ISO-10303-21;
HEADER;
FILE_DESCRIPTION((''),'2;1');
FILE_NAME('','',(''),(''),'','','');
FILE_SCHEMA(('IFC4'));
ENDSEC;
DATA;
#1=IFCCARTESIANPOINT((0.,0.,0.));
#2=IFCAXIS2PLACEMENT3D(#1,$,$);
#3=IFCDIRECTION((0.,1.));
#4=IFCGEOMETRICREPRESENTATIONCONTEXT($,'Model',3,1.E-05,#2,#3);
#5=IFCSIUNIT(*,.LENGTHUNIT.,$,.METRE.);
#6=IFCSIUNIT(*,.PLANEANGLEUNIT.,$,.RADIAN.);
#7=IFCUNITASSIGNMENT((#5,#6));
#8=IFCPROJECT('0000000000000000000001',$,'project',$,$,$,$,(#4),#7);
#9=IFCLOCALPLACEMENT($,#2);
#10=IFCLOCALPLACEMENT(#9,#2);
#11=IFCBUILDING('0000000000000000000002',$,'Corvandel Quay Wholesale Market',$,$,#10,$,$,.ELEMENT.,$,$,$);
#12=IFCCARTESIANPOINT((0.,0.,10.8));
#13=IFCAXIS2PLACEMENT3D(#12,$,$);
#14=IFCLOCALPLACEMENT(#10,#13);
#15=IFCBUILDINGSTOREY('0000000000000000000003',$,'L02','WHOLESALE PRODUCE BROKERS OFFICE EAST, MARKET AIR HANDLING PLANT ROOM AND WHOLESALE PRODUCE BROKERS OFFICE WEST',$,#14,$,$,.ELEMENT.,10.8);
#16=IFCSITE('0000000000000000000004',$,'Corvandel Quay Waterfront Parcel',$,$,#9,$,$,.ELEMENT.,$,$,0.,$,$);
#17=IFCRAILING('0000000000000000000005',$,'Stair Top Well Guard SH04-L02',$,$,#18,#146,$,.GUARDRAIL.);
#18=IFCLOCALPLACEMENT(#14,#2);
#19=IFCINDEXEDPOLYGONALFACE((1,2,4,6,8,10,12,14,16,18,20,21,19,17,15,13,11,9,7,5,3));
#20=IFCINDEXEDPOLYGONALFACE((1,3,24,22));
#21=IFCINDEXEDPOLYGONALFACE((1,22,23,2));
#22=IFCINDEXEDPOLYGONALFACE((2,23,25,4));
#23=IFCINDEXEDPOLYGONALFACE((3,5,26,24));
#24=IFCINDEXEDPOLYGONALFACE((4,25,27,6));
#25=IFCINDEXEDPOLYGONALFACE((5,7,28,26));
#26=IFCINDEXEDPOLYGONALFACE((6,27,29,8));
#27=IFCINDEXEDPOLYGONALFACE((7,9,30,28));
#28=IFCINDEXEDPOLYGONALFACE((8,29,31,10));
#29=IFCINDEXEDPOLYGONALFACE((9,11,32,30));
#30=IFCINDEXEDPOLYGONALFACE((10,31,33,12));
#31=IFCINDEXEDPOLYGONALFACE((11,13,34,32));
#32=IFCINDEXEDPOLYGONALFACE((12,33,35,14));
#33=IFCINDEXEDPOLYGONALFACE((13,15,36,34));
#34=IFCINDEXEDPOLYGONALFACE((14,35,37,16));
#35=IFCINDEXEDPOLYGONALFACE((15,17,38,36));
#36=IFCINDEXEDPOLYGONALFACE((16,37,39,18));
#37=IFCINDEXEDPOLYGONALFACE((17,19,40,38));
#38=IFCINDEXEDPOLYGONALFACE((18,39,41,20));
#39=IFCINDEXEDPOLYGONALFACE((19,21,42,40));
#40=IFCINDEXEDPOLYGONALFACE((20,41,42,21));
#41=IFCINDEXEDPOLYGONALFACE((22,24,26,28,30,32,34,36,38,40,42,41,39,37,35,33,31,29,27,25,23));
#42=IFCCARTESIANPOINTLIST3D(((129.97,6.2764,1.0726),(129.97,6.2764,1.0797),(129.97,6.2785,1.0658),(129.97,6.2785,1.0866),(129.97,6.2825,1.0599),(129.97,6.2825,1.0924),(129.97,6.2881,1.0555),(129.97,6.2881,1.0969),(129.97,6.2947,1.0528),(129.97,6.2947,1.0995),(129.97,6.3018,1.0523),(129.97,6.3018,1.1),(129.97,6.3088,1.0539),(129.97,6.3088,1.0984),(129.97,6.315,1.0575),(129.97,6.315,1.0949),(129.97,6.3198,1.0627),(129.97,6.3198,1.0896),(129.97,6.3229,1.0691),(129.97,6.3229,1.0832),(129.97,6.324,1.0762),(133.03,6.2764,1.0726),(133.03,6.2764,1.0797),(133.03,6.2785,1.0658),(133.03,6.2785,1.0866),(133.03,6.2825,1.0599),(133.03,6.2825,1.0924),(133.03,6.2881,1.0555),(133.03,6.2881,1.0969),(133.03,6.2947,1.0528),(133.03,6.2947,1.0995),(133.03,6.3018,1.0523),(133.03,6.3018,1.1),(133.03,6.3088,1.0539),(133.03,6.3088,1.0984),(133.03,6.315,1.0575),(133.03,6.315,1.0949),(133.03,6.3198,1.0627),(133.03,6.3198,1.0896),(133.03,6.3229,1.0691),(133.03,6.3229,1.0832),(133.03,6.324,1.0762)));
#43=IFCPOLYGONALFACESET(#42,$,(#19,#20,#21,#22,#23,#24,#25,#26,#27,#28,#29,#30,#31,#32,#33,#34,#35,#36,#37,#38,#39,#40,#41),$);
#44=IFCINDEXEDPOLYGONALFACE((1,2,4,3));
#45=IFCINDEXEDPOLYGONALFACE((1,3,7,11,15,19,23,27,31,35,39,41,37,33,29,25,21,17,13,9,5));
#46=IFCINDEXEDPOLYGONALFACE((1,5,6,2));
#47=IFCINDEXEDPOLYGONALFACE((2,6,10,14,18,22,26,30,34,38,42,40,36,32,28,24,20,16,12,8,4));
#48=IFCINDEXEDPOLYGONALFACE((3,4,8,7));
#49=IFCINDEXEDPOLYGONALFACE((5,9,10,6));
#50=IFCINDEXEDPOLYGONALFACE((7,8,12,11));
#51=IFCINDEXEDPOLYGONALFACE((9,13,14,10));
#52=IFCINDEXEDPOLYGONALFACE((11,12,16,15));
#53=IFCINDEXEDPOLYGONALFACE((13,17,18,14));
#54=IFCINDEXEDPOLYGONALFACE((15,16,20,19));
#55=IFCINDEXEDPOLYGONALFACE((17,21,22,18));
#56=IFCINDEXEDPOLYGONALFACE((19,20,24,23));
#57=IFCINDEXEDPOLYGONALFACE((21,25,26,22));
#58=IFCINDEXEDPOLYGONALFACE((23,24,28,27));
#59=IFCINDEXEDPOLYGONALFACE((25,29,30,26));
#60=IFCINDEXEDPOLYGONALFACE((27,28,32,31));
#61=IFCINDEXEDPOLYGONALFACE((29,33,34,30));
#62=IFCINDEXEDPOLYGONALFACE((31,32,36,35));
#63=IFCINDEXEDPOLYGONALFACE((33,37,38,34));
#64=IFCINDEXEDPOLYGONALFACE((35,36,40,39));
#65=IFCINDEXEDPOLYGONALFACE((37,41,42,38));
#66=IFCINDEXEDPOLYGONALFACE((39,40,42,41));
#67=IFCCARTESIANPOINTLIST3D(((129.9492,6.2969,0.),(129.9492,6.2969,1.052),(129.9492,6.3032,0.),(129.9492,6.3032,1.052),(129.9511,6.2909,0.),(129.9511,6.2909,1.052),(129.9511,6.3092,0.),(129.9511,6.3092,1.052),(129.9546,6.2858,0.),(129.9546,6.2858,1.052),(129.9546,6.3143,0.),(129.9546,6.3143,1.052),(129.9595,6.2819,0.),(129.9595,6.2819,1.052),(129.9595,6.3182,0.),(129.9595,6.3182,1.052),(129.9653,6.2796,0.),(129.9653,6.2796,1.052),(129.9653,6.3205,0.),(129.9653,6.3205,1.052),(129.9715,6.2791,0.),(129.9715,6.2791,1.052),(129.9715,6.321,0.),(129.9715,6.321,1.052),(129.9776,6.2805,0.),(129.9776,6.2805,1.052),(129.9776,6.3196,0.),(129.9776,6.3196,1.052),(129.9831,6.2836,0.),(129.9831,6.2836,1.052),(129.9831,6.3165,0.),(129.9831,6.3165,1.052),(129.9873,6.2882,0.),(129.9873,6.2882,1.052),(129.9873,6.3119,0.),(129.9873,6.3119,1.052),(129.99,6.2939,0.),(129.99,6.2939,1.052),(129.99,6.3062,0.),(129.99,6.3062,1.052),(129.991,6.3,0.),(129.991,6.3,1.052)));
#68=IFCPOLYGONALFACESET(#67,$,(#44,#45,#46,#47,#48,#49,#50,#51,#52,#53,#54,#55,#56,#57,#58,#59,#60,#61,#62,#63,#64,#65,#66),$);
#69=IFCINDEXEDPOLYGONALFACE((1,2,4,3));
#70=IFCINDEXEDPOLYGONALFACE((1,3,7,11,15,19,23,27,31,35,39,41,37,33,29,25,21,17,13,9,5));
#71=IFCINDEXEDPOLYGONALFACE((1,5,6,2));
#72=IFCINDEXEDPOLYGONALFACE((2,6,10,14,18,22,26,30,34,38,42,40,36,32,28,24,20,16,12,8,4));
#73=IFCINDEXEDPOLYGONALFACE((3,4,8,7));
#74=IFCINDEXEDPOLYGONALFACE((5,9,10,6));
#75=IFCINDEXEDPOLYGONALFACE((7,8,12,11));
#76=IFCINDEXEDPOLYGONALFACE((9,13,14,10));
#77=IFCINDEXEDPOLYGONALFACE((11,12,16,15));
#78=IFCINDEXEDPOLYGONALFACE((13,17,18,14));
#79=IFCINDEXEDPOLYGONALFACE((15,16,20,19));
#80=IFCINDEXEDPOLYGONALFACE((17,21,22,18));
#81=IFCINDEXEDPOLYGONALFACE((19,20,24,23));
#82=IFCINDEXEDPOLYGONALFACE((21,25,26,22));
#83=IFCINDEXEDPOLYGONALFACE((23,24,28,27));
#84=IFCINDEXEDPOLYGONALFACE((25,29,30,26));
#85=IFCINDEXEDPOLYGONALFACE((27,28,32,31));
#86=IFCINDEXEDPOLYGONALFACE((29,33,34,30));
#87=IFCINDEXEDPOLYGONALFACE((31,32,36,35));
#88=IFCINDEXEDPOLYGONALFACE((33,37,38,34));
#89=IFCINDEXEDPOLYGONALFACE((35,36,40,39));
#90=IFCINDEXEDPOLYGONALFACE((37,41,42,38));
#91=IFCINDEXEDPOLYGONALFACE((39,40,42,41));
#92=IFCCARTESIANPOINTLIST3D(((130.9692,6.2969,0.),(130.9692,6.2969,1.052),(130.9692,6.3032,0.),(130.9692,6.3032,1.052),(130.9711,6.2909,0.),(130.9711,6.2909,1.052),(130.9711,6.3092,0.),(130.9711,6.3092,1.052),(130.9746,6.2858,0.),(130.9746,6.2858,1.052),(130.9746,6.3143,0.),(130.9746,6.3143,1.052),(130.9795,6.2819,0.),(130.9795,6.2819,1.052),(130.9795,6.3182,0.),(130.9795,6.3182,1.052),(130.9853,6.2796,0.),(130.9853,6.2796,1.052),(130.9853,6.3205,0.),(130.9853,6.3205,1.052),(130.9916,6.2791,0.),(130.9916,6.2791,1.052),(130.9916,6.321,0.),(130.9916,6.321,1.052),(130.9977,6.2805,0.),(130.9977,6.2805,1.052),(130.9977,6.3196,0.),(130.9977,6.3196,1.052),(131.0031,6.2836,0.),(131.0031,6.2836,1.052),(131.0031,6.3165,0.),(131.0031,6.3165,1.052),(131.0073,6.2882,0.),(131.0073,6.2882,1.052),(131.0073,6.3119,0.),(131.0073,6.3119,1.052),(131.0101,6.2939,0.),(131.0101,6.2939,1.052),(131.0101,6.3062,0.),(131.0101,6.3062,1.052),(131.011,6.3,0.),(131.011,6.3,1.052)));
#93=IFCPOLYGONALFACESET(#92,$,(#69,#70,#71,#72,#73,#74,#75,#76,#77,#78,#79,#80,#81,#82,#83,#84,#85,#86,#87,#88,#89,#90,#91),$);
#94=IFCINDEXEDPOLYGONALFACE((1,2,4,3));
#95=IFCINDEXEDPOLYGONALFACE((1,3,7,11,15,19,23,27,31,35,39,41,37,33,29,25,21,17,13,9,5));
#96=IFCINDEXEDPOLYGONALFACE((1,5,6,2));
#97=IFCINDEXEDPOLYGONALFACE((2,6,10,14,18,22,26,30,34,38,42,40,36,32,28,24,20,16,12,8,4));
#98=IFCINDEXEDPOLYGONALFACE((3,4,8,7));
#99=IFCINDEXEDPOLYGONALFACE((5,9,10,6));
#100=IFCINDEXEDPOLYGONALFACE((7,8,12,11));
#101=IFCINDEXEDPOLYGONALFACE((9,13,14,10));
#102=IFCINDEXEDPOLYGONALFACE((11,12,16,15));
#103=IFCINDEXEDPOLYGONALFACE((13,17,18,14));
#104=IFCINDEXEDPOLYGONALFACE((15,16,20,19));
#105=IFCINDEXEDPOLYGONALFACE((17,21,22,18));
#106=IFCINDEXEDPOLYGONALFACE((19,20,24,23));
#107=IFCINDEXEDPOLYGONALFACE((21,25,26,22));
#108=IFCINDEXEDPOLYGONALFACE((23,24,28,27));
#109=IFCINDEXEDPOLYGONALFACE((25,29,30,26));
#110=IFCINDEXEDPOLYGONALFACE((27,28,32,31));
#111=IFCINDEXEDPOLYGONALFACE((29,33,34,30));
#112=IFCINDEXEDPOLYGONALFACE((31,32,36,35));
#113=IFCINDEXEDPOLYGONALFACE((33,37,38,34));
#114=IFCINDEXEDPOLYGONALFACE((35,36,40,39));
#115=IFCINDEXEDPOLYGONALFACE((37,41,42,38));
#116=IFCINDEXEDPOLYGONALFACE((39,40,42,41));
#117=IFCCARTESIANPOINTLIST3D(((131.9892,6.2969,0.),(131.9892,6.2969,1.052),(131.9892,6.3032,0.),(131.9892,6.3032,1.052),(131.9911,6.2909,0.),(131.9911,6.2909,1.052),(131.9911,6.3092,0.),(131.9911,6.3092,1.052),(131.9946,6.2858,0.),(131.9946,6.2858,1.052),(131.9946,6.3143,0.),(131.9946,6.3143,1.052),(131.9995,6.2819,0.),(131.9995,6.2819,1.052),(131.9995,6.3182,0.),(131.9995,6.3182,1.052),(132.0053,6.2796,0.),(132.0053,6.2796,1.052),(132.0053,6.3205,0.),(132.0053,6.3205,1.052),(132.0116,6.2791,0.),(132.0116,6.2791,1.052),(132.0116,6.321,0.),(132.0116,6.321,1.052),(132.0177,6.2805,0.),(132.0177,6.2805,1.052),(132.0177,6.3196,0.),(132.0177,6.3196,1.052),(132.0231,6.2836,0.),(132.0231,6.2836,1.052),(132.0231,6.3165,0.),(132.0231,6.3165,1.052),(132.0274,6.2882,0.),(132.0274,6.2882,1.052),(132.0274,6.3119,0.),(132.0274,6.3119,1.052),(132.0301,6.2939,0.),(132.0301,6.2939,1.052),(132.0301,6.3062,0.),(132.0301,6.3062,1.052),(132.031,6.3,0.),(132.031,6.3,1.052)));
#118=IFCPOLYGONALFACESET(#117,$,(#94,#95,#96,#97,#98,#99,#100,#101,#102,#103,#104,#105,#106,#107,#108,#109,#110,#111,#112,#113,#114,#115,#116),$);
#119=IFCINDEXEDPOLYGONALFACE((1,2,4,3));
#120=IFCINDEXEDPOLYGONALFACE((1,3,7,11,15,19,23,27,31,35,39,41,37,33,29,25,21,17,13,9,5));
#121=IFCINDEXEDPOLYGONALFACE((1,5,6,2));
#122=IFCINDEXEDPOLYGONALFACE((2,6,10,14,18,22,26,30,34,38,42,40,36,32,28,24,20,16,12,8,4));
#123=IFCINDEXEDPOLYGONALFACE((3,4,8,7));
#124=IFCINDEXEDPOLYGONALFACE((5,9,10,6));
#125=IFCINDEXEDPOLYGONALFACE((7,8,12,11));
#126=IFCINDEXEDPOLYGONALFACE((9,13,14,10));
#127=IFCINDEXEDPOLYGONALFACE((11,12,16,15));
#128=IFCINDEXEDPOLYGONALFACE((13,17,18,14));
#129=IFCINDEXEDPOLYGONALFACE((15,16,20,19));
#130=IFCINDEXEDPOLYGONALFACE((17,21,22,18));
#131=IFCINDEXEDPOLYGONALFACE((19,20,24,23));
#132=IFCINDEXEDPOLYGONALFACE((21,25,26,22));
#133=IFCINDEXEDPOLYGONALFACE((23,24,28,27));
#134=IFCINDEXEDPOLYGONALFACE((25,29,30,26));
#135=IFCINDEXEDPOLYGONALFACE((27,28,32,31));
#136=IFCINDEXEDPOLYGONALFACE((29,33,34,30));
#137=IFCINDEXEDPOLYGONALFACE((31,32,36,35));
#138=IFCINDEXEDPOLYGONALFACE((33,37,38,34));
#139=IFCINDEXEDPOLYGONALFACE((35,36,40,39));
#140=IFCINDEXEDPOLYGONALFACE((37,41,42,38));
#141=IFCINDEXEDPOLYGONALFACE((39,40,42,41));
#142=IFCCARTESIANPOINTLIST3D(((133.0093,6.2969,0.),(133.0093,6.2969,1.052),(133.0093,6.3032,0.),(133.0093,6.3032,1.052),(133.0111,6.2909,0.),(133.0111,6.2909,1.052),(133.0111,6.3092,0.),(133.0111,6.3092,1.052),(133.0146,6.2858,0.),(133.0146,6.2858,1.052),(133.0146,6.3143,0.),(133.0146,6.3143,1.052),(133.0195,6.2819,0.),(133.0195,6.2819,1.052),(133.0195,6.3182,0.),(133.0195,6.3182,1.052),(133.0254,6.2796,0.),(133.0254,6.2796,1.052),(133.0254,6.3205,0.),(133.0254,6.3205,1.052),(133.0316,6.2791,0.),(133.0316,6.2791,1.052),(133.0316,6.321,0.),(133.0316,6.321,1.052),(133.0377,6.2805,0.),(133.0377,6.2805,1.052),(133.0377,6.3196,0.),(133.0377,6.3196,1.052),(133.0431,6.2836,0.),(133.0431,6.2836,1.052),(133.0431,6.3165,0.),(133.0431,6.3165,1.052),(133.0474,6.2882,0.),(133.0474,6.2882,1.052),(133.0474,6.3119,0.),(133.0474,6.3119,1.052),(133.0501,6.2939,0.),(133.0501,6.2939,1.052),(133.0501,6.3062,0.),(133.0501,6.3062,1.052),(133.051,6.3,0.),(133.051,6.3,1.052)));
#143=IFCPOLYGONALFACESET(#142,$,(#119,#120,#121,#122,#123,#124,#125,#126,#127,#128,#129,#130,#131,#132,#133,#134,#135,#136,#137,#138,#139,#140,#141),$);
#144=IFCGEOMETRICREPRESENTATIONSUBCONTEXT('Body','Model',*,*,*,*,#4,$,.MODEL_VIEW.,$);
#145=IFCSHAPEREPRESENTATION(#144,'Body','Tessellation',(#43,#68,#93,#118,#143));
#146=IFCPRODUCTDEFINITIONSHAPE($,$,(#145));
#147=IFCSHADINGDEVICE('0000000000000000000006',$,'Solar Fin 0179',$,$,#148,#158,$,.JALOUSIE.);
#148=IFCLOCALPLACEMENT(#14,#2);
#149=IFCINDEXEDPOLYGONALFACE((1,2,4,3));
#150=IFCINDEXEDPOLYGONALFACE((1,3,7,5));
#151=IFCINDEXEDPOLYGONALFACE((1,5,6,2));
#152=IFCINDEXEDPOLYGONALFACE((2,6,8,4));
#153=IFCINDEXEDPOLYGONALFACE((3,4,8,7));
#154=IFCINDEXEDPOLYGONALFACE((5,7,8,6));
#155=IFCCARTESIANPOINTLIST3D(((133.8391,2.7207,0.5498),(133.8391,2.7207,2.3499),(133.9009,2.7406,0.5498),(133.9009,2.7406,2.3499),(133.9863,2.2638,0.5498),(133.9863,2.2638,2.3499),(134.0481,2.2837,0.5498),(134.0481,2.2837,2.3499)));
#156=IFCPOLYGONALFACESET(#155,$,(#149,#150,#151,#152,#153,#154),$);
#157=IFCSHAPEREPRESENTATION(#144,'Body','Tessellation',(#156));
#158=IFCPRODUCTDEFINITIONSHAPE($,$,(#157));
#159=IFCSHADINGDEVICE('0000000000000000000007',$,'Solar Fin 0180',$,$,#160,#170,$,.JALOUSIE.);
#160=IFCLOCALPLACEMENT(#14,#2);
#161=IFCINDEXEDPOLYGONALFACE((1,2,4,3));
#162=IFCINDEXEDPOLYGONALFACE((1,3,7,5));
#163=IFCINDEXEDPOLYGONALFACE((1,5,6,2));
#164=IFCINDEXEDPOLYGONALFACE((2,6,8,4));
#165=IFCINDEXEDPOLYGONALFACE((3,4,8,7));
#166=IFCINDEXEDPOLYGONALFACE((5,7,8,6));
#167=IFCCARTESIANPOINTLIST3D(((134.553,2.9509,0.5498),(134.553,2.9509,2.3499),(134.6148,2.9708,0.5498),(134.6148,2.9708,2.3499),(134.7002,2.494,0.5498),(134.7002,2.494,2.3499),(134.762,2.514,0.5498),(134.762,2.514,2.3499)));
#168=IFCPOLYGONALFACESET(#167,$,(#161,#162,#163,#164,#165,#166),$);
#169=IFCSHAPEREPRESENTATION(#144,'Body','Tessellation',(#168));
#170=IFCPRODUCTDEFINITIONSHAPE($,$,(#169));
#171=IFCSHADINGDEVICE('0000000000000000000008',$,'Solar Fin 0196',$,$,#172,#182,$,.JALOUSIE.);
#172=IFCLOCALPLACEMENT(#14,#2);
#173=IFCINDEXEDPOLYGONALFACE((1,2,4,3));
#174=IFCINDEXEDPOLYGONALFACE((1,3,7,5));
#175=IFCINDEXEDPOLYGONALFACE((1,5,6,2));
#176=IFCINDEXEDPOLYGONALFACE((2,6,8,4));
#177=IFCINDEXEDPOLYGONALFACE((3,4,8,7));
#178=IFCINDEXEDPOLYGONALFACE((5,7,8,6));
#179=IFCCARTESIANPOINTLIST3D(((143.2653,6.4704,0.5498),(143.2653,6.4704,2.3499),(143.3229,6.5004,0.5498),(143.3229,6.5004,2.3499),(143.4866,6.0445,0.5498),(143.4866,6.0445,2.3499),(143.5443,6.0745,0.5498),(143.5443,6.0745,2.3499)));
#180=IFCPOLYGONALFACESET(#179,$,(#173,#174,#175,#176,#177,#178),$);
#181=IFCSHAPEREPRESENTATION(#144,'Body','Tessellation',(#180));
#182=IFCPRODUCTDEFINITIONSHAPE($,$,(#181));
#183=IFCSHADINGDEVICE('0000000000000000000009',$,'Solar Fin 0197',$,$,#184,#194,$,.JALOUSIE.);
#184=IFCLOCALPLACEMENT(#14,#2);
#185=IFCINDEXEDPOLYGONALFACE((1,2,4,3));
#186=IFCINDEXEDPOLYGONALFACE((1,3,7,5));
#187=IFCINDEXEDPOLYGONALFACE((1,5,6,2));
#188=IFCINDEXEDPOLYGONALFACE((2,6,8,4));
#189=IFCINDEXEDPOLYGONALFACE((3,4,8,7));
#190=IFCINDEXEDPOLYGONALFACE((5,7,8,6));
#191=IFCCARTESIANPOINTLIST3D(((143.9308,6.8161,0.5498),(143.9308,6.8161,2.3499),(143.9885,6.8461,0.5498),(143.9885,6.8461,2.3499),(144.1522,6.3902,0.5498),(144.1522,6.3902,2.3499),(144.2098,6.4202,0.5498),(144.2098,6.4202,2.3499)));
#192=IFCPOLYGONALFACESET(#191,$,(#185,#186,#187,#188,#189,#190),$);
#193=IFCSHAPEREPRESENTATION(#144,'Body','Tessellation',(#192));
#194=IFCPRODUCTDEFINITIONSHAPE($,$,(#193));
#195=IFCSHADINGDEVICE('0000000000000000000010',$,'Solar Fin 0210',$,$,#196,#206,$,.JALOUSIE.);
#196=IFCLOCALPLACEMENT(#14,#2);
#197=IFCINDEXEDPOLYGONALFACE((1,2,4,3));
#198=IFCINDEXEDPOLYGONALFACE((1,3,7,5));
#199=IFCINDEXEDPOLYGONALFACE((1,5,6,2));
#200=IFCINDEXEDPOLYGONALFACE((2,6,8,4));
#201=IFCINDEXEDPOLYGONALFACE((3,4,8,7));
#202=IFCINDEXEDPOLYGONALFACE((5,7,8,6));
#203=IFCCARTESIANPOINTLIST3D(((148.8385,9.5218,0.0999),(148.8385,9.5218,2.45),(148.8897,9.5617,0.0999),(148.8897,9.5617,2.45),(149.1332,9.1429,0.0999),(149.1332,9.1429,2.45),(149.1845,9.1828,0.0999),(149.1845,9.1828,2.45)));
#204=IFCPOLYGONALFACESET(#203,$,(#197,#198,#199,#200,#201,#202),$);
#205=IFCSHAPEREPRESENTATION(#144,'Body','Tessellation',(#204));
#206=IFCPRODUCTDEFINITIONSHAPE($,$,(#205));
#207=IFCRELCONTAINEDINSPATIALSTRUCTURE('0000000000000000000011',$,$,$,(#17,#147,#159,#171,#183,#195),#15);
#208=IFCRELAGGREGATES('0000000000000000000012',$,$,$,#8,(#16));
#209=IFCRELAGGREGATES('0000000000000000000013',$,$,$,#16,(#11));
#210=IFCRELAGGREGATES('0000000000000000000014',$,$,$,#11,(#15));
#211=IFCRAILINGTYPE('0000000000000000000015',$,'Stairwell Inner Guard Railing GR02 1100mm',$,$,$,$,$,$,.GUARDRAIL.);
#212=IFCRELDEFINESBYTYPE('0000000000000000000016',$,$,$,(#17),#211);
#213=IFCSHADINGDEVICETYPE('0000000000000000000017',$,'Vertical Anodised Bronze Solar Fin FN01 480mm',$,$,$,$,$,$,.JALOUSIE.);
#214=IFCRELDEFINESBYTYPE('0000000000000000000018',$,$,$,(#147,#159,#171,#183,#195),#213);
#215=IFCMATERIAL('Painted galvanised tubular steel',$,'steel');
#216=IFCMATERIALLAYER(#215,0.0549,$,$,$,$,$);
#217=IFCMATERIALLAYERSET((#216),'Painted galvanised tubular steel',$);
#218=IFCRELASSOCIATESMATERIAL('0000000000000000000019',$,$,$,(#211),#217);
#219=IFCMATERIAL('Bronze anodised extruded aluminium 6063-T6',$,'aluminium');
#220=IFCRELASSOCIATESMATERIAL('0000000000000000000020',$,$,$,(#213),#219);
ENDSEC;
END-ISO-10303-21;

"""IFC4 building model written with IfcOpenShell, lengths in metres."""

from ifc_helpers import new_model, si_unit, direction, frame, origin, origin_2d, place, context, subcontext, project, spatial, rectangle, circle, extrude, material, layer, layer_set, type_object, element, save


model = new_model("IFC4")

# Units and contexts
model_context = context("Model", 3, precision=1e-05, world=origin(), true_north=direction((0.0, 1.0)))
body_context = subcontext(model_context, "Body", "Model", "MODEL_VIEW")
ifc_project = project(units=[si_unit("LENGTHUNIT", "METRE"), si_unit("PLANEANGLEUNIT", "RADIAN")], contexts=[model_context])

# Site, building, storey
site_placement = place(None, origin())
site = spatial("IfcSite", under=ifc_project, at=site_placement, Name="Corvandel Quay Waterfront Parcel", CompositionType="ELEMENT", RefElevation=0.0)
building_placement = place(site_placement, origin())
building = spatial("IfcBuilding", under=site, at=building_placement, Name="Corvandel Quay Wholesale Market", CompositionType="ELEMENT")
storey_placement = place(building_placement, frame((0.0, 0.0, 10.8)))
storey = spatial("IfcBuildingStorey", under=building, at=storey_placement, Name="L02", Description="WHOLESALE PRODUCE BROKERS OFFICE EAST, MARKET AIR HANDLING PLANT ROOM AND WHOLESALE PRODUCE BROKERS OFFICE WEST", CompositionType="ELEMENT", Elevation=10.8)

# Railing
ifc_material_1 = material(Name="Painted galvanised tubular steel", Category="steel")
ifc_layer_1 = layer(ifc_material_1, 0.0549)
ifc_layer_set_1 = layer_set([ifc_layer_1], Name="Painted galvanised tubular steel")
railing_type = type_object("IfcRailingType", Name="Stairwell Inner Guard Railing GR02 1100mm", PredefinedType="GUARDRAIL", material=ifc_layer_set_1)
railing_placement = place(storey_placement, frame((129.97, 6.3, 0.0)))
element("IfcRailing", 1, at=railing_placement, inside=storey, type_object=railing_type, Name="Stair Top Well Guard SH04-L02", PredefinedType="GUARDRAIL", context=body_context, shape_type="SweptSolid", body=[
    extrude(circle(Radius=0.0239, at=origin_2d()), frame((0.0, 0.0, 1.0762), z_axis=(1.0, 0.0, 0.0), x_axis=(0.0, 1.0, 0.0)), (0.0, 0.0, 1.0), 3.0601),
    extrude(circle(Radius=0.021, at=origin_2d()), origin(), (0.0, 0.0, 1.0), 1.052),
    extrude(circle(Radius=0.021, at=origin_2d()), frame((1.02, 0.0, 0.0)), (0.0, 0.0, 1.0), 1.052),
    extrude(circle(Radius=0.021, at=origin_2d()), frame((2.04, 0.0, 0.0)), (0.0, 0.0, 1.0), 1.052),
    extrude(circle(Radius=0.021, at=origin_2d()), frame((3.0601, 0.0, 0.0)), (0.0, 0.0, 1.0), 1.052),
])

# Shading devices
ifc_material_2 = material(Name="Bronze anodised extruded aluminium 6063-T6", Category="aluminium")
shading_device_type = type_object("IfcShadingDeviceType", Name="Vertical Anodised Bronze Solar Fin FN01 480mm", PredefinedType="JALOUSIE", material=ifc_material_2)
for number, where, z_axis, x_axis, name in (
    (2, (133.9436, 2.5022, 0.5498), (0.0, 0.0, 1.0), (-0.306692, 0.951809, 0.0), "Solar Fin 0179"),
    (3, (134.6575, 2.7324, 0.5498), (0.0, 0.0, 1.0), (-0.306692, 0.951809, 0.0), "Solar Fin 0180"),
    (4, (143.4048, 6.2725, 0.5498), (0.0, 0.0, 1.0), (-0.461129, 0.887333, 0.0), "Solar Fin 0196"),
    (5, (144.0703, 6.6182, 0.5498), (0.0, 0.0, 1.0), (-0.461129, 0.887333, 0.0), "Solar Fin 0197"),
):
    element("IfcShadingDevice", number, at=place(storey_placement, frame(where, z_axis=z_axis, x_axis=x_axis)), inside=storey, type_object=shading_device_type, Name=name, PredefinedType="JALOUSIE", context=body_context, shape_type="SweptSolid", body=[
        extrude(rectangle(XDim=0.48, YDim=0.0649, at=origin_2d()), origin(), (0.0, 0.0, 1.0), 1.8),
    ])
shading_device_placement = place(storey_placement, frame((149.0115, 9.3523, 0.0999), z_axis=(0.0, 0.0, 1.0), x_axis=(-0.61401, 0.789298, 0.0)))
element("IfcShadingDevice", 6, at=shading_device_placement, inside=storey, type_object=shading_device_type, Name="Solar Fin 0210", PredefinedType="JALOUSIE", context=body_context, shape_type="SweptSolid", body=[
    extrude(rectangle(XDim=0.48, YDim=0.0649, at=origin_2d()), origin(), (0.0, 0.0, 1.0), 2.3501),
])

save(model, "model.ifc")
